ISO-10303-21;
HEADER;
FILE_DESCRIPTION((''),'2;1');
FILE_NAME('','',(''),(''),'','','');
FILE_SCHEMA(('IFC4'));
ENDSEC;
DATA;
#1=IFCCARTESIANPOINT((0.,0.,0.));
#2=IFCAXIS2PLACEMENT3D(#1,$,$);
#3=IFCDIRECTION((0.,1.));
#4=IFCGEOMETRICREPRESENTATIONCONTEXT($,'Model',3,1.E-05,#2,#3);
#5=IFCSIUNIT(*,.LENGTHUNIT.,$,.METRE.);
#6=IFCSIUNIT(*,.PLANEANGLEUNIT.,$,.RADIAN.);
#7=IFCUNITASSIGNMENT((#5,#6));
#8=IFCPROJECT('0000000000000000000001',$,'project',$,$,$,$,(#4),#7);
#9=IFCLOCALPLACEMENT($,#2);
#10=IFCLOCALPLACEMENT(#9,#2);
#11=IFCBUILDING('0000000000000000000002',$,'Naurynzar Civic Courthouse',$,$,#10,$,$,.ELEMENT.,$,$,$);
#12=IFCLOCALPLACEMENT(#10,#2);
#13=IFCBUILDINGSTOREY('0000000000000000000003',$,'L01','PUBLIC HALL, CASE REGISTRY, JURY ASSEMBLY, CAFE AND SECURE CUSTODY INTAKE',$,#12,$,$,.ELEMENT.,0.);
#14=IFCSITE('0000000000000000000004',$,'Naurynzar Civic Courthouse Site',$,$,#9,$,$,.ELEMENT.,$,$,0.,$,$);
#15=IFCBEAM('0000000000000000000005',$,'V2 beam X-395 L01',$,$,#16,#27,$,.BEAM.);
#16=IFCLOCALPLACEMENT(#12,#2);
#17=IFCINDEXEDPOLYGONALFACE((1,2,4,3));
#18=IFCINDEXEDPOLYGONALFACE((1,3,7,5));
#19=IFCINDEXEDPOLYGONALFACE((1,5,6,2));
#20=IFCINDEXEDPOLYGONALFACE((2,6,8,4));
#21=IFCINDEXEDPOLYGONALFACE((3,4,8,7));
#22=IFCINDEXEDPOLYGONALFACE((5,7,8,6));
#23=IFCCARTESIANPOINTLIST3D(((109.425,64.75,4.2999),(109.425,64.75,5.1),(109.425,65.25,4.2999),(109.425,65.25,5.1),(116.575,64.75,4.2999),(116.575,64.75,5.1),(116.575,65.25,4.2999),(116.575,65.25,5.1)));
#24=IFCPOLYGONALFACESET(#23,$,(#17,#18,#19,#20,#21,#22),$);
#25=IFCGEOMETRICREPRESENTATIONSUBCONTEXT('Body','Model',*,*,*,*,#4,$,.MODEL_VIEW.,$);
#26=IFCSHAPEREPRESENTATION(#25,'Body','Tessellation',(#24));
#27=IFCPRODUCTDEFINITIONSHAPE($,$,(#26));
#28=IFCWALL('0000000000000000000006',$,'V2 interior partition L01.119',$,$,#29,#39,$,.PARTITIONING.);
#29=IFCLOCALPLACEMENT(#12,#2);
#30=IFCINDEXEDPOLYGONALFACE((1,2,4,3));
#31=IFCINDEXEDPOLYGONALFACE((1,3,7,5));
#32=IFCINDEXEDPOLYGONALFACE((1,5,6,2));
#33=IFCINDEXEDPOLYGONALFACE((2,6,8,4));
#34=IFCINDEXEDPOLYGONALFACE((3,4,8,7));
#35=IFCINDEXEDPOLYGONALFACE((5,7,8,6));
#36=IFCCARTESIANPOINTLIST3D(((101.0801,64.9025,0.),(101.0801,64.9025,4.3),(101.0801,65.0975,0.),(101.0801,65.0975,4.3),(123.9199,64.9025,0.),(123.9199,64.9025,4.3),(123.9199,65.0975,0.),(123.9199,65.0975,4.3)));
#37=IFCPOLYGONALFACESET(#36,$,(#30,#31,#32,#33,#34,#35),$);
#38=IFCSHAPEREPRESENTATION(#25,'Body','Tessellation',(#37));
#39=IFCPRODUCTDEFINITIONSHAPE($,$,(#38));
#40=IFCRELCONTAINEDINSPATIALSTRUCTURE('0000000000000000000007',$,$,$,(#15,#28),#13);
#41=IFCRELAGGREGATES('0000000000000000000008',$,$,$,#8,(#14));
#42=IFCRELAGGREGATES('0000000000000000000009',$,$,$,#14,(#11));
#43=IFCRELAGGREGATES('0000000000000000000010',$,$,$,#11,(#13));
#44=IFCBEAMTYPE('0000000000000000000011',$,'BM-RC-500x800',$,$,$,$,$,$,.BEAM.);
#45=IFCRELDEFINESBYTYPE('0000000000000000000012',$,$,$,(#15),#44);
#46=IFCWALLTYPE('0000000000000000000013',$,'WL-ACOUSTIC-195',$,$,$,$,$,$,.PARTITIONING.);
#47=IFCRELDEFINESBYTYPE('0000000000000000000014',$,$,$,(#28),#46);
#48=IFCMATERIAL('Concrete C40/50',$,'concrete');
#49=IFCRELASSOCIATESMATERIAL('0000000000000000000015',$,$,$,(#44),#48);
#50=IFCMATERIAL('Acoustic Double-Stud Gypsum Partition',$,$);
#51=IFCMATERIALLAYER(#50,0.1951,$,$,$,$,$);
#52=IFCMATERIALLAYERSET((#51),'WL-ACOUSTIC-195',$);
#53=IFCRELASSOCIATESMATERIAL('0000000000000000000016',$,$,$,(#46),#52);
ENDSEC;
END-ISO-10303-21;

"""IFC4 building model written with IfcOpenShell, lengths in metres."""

from ifc_helpers import new_model, si_unit, direction, frame, frame_2d, origin, origin_2d, place, context, subcontext, project, spatial, rectangle, extrude, material, layer, layer_set, material_profile, profile_set, type_object, element, save


model = new_model("IFC4")

# Units and contexts
model_context = context("Model", 3, precision=1e-05, world=origin(), true_north=direction((0.0, 1.0)))
body_context = subcontext(model_context, "Body", "Model", "MODEL_VIEW")
ifc_project = project(units=[si_unit("LENGTHUNIT", "METRE"), si_unit("PLANEANGLEUNIT", "RADIAN")], contexts=[model_context])

# Site, building, storey
site_placement = place(None, origin())
site = spatial("IfcSite", under=ifc_project, at=site_placement, Name="Naurynzar Civic Courthouse Site", CompositionType="ELEMENT", RefElevation=0.0)
building_placement = place(site_placement, origin())
building = spatial("IfcBuilding", under=site, at=building_placement, Name="Naurynzar Civic Courthouse", CompositionType="ELEMENT")
storey_placement = place(building_placement, origin())
storey = spatial("IfcBuildingStorey", under=building, at=storey_placement, Name="L01", Description="PUBLIC HALL, CASE REGISTRY, JURY ASSEMBLY, CAFE AND SECURE CUSTODY INTAKE", CompositionType="ELEMENT", Elevation=0.0)

# Beam
ifc_material_1 = material(Name="Concrete C40/50", Category="concrete")
ifc_material_profile_1 = material_profile(ifc_material_1, rectangle(XDim=0.5, YDim=0.8, at=origin_2d()), Name="RCB 500x800")
ifc_profile_set_1 = profile_set([ifc_material_profile_1], Name="Concrete C40/50")
beam_type_1 = type_object("IfcBeamType", Name="BM-RC-500x800", PredefinedType="BEAM", material=ifc_profile_set_1)
for number, where, z_axis, x_axis, name in (
    (1, (109.425, 65.0, 4.7), (1.0, 0.0, 0.0), (0.0, 1.0, 0.0), "V2 beam X-395 L01"),
):
    element("IfcBeam", number, at=place(storey_placement, frame(where, z_axis=z_axis, x_axis=x_axis)), inside=storey, type_object=beam_type_1, Name=name, PredefinedType="BEAM", context=body_context, shape_type="SweptSolid", body=[
        extrude(rectangle(XDim=0.5, YDim=0.8, at=origin_2d()), origin(), (0.0, 0.0, 1.0), 7.1499),
    ])

# Wall
ifc_material_2 = material(Name="Acoustic Double-Stud Gypsum Partition")
ifc_layer = layer(ifc_material_2, 0.1951)
ifc_layer_set = layer_set([ifc_layer], Name="WL-ACOUSTIC-195")
wall_type = type_object("IfcWallType", Name="WL-ACOUSTIC-195", PredefinedType="PARTITIONING", material=ifc_layer_set)
wall_placement = place(storey_placement, frame((101.0801, 65.0, 0.0), z_axis=(0.0, 0.0, 1.0), x_axis=(1.0, 0.0, 0.0)))
element("IfcWall", 2, at=wall_placement, inside=storey, type_object=wall_type, Name="V2 interior partition L01.119", PredefinedType="PARTITIONING", context=body_context, shape_type="SweptSolid", body=[
    extrude(rectangle(XDim=22.8398, YDim=0.1951, at=frame_2d((11.4199, 0.0))), origin(), (0.0, 0.0, 1.0), 4.3),
])

save(model, "model.ifc")
